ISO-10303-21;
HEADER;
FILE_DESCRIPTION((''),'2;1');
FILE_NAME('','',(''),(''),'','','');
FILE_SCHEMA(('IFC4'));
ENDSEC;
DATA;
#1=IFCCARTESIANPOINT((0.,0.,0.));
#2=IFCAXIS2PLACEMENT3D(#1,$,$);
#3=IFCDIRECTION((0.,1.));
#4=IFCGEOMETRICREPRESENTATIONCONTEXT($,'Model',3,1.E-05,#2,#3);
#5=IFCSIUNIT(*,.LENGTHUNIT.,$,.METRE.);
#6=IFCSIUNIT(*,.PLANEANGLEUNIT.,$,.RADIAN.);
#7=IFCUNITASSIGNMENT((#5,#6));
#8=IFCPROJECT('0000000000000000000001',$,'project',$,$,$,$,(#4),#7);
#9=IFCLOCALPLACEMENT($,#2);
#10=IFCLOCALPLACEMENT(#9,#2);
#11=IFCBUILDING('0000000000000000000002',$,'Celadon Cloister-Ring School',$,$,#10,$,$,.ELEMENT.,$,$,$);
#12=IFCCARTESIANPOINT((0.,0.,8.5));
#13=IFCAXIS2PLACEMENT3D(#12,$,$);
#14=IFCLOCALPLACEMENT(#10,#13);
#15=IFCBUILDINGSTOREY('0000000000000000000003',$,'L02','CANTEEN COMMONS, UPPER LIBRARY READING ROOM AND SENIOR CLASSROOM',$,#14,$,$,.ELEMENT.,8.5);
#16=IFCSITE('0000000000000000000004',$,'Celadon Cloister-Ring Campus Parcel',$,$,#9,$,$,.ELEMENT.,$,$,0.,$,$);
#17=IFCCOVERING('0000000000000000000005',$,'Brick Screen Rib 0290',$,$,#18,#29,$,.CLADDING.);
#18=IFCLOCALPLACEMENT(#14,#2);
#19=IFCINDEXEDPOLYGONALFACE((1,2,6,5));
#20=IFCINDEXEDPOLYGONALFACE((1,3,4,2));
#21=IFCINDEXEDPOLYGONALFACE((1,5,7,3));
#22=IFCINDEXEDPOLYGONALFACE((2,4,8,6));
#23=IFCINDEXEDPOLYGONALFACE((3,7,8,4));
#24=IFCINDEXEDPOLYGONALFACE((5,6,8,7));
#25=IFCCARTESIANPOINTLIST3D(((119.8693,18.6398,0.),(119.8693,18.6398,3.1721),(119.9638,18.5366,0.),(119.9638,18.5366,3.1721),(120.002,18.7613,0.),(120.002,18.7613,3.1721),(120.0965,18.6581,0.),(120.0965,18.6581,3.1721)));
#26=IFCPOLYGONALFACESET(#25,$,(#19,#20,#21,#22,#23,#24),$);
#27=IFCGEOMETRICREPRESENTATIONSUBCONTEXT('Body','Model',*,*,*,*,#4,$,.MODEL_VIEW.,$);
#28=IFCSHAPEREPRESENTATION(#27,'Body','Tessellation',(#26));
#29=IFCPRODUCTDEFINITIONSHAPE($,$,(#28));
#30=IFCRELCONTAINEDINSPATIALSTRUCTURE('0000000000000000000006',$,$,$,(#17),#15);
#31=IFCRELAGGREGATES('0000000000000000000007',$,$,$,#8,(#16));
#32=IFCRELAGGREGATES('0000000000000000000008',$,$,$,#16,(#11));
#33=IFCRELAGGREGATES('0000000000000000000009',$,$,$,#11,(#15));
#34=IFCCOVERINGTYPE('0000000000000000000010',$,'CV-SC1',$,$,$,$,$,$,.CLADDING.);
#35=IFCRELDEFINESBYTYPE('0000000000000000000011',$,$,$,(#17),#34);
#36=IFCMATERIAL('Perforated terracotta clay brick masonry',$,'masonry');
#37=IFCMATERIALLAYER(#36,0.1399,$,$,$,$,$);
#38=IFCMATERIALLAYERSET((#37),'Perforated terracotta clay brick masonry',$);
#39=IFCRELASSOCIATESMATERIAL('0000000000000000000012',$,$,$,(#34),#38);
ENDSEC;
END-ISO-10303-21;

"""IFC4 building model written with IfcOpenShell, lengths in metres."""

from ifc_helpers import new_model, si_unit, direction, frame, origin, origin_2d, place, context, subcontext, project, spatial, rectangle, extrude, material, layer, layer_set, type_object, element, save


model = new_model("IFC4")

# Units and contexts
model_context = context("Model", 3, precision=1e-05, world=origin(), true_north=direction((0.0, 1.0)))
body_context = subcontext(model_context, "Body", "Model", "MODEL_VIEW")
ifc_project = project(units=[si_unit("LENGTHUNIT", "METRE"), si_unit("PLANEANGLEUNIT", "RADIAN")], contexts=[model_context])

# Site, building, storey
site_placement = place(None, origin())
site = spatial("IfcSite", under=ifc_project, at=site_placement, Name="Celadon Cloister-Ring Campus Parcel", CompositionType="ELEMENT", RefElevation=0.0)
building_placement = place(site_placement, origin())
building = spatial("IfcBuilding", under=site, at=building_placement, Name="Celadon Cloister-Ring School", CompositionType="ELEMENT")
storey_placement = place(building_placement, frame((0.0, 0.0, 8.5)))
storey = spatial("IfcBuildingStorey", under=building, at=storey_placement, Name="L02", Description="CANTEEN COMMONS, UPPER LIBRARY READING ROOM AND SENIOR CLASSROOM", CompositionType="ELEMENT", Elevation=8.5)

# Covering
ifc_material_1 = material(Name="Perforated terracotta clay brick masonry", Category="masonry")
ifc_layer_1 = layer(ifc_material_1, 0.1399)
ifc_layer_set_1 = layer_set([ifc_layer_1], Name="Perforated terracotta clay brick masonry")
covering_type = type_object("IfcCoveringType", Name="CV-SC1", PredefinedType="CLADDING", material=ifc_layer_set_1)
for number, where, z_axis, x_axis, name in (
    (1, (119.9829, 18.6489, 0.0), (0.0, 0.0, 1.0), (-0.737548, -0.675294, 0.0), "Brick Screen Rib 0290"),
):
    element("IfcCovering", number, at=place(storey_placement, frame(where, z_axis=z_axis, x_axis=x_axis)), inside=storey, type_object=covering_type, Name=name, PredefinedType="CLADDING", context=body_context, shape_type="SweptSolid", body=[
        extrude(rectangle(XDim=0.1799, YDim=0.1399, at=origin_2d()), origin(), (0.0, 0.0, 1.0), 3.1721),
    ])

save(model, "model.ifc")
